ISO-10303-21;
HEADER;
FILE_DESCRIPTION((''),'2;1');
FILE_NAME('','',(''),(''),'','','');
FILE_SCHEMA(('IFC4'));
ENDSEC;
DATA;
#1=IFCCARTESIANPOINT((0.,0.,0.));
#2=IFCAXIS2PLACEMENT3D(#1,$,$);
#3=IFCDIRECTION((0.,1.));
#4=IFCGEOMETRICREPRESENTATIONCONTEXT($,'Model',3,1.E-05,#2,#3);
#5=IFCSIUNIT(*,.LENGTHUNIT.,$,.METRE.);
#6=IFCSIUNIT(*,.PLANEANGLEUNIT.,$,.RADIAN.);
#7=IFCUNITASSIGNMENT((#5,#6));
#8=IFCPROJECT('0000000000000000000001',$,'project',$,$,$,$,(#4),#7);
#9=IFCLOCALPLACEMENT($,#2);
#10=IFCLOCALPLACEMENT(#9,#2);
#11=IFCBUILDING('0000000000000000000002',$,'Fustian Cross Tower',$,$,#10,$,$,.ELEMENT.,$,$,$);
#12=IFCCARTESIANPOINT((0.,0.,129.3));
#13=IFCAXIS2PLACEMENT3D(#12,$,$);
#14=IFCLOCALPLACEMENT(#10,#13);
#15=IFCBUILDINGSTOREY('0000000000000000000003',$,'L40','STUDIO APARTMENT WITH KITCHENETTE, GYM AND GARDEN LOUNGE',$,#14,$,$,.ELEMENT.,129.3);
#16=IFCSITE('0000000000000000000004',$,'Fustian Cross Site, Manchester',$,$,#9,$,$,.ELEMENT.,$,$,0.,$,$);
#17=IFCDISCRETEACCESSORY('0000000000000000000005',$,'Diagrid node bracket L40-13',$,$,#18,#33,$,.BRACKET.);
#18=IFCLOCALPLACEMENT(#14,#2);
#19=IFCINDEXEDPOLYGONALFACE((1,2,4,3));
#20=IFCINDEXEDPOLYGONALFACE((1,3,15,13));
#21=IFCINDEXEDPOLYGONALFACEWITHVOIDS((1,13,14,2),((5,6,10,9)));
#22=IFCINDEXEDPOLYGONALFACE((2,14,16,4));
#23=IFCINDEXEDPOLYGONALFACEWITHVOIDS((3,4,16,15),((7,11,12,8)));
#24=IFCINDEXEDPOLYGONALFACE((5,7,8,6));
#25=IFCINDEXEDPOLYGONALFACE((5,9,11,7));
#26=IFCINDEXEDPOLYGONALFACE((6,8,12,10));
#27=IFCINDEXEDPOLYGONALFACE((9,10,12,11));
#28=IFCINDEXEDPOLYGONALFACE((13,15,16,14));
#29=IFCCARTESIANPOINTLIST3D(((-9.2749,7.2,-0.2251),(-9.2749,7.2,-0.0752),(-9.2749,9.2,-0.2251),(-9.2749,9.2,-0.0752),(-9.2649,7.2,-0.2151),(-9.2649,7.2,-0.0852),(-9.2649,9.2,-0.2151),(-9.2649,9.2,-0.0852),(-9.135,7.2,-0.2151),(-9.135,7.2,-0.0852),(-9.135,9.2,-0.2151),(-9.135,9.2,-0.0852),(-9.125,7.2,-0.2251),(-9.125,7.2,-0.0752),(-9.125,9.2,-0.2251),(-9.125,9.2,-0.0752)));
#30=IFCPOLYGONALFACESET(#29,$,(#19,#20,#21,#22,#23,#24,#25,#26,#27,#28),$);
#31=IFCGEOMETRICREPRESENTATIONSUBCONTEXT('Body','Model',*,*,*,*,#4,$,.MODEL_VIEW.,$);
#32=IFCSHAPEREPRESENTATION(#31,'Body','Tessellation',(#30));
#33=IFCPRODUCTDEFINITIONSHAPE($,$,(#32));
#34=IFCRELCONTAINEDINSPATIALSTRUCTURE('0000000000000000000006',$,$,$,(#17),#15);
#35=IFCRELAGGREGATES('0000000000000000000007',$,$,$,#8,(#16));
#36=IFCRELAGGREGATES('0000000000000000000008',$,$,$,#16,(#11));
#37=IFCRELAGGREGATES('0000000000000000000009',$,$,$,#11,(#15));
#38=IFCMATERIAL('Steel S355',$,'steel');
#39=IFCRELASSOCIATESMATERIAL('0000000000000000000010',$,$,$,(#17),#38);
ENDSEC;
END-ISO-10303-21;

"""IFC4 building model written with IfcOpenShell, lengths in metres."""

from ifc_helpers import new_model, si_unit, direction, frame, origin, origin_2d, place, context, subcontext, project, spatial, hollow_rectangle, extrude, material, element, save


model = new_model("IFC4")

# Units and contexts
model_context = context("Model", 3, precision=1e-05, world=origin(), true_north=direction((0.0, 1.0)))
body_context = subcontext(model_context, "Body", "Model", "MODEL_VIEW")
ifc_project = project(units=[si_unit("LENGTHUNIT", "METRE"), si_unit("PLANEANGLEUNIT", "RADIAN")], contexts=[model_context])

# Site, building, storey
site_placement = place(None, origin())
site = spatial("IfcSite", under=ifc_project, at=site_placement, Name="Fustian Cross Site, Manchester", CompositionType="ELEMENT", RefElevation=0.0)
building_placement = place(site_placement, origin())
building = spatial("IfcBuilding", under=site, at=building_placement, Name="Fustian Cross Tower", CompositionType="ELEMENT")
storey_placement = place(building_placement, frame((0.0, 0.0, 129.3)))
storey = spatial("IfcBuildingStorey", under=building, at=storey_placement, Name="L40", Description="STUDIO APARTMENT WITH KITCHENETTE, GYM AND GARDEN LOUNGE", CompositionType="ELEMENT", Elevation=129.3)

# Discrete accessory
ifc_material_1 = material(Name="Steel S355", Category="steel")
discrete_accessory_placement = place(storey_placement, frame((-9.2, 9.2, -0.1501), z_axis=(0.0, -1.0, 0.0), x_axis=(1.0, 0.0, 0.0)))
element("IfcDiscreteAccessory", 1, at=discrete_accessory_placement, inside=storey, material=ifc_material_1, Name="Diagrid node bracket L40-13", PredefinedType="BRACKET", context=body_context, shape_type="SweptSolid", body=[
    extrude(hollow_rectangle(XDim=0.1499, YDim=0.1499, WallThickness=0.01, at=origin_2d()), origin(), (0.0, 0.0, 1.0), 2.0),
])

save(model, "model.ifc")
